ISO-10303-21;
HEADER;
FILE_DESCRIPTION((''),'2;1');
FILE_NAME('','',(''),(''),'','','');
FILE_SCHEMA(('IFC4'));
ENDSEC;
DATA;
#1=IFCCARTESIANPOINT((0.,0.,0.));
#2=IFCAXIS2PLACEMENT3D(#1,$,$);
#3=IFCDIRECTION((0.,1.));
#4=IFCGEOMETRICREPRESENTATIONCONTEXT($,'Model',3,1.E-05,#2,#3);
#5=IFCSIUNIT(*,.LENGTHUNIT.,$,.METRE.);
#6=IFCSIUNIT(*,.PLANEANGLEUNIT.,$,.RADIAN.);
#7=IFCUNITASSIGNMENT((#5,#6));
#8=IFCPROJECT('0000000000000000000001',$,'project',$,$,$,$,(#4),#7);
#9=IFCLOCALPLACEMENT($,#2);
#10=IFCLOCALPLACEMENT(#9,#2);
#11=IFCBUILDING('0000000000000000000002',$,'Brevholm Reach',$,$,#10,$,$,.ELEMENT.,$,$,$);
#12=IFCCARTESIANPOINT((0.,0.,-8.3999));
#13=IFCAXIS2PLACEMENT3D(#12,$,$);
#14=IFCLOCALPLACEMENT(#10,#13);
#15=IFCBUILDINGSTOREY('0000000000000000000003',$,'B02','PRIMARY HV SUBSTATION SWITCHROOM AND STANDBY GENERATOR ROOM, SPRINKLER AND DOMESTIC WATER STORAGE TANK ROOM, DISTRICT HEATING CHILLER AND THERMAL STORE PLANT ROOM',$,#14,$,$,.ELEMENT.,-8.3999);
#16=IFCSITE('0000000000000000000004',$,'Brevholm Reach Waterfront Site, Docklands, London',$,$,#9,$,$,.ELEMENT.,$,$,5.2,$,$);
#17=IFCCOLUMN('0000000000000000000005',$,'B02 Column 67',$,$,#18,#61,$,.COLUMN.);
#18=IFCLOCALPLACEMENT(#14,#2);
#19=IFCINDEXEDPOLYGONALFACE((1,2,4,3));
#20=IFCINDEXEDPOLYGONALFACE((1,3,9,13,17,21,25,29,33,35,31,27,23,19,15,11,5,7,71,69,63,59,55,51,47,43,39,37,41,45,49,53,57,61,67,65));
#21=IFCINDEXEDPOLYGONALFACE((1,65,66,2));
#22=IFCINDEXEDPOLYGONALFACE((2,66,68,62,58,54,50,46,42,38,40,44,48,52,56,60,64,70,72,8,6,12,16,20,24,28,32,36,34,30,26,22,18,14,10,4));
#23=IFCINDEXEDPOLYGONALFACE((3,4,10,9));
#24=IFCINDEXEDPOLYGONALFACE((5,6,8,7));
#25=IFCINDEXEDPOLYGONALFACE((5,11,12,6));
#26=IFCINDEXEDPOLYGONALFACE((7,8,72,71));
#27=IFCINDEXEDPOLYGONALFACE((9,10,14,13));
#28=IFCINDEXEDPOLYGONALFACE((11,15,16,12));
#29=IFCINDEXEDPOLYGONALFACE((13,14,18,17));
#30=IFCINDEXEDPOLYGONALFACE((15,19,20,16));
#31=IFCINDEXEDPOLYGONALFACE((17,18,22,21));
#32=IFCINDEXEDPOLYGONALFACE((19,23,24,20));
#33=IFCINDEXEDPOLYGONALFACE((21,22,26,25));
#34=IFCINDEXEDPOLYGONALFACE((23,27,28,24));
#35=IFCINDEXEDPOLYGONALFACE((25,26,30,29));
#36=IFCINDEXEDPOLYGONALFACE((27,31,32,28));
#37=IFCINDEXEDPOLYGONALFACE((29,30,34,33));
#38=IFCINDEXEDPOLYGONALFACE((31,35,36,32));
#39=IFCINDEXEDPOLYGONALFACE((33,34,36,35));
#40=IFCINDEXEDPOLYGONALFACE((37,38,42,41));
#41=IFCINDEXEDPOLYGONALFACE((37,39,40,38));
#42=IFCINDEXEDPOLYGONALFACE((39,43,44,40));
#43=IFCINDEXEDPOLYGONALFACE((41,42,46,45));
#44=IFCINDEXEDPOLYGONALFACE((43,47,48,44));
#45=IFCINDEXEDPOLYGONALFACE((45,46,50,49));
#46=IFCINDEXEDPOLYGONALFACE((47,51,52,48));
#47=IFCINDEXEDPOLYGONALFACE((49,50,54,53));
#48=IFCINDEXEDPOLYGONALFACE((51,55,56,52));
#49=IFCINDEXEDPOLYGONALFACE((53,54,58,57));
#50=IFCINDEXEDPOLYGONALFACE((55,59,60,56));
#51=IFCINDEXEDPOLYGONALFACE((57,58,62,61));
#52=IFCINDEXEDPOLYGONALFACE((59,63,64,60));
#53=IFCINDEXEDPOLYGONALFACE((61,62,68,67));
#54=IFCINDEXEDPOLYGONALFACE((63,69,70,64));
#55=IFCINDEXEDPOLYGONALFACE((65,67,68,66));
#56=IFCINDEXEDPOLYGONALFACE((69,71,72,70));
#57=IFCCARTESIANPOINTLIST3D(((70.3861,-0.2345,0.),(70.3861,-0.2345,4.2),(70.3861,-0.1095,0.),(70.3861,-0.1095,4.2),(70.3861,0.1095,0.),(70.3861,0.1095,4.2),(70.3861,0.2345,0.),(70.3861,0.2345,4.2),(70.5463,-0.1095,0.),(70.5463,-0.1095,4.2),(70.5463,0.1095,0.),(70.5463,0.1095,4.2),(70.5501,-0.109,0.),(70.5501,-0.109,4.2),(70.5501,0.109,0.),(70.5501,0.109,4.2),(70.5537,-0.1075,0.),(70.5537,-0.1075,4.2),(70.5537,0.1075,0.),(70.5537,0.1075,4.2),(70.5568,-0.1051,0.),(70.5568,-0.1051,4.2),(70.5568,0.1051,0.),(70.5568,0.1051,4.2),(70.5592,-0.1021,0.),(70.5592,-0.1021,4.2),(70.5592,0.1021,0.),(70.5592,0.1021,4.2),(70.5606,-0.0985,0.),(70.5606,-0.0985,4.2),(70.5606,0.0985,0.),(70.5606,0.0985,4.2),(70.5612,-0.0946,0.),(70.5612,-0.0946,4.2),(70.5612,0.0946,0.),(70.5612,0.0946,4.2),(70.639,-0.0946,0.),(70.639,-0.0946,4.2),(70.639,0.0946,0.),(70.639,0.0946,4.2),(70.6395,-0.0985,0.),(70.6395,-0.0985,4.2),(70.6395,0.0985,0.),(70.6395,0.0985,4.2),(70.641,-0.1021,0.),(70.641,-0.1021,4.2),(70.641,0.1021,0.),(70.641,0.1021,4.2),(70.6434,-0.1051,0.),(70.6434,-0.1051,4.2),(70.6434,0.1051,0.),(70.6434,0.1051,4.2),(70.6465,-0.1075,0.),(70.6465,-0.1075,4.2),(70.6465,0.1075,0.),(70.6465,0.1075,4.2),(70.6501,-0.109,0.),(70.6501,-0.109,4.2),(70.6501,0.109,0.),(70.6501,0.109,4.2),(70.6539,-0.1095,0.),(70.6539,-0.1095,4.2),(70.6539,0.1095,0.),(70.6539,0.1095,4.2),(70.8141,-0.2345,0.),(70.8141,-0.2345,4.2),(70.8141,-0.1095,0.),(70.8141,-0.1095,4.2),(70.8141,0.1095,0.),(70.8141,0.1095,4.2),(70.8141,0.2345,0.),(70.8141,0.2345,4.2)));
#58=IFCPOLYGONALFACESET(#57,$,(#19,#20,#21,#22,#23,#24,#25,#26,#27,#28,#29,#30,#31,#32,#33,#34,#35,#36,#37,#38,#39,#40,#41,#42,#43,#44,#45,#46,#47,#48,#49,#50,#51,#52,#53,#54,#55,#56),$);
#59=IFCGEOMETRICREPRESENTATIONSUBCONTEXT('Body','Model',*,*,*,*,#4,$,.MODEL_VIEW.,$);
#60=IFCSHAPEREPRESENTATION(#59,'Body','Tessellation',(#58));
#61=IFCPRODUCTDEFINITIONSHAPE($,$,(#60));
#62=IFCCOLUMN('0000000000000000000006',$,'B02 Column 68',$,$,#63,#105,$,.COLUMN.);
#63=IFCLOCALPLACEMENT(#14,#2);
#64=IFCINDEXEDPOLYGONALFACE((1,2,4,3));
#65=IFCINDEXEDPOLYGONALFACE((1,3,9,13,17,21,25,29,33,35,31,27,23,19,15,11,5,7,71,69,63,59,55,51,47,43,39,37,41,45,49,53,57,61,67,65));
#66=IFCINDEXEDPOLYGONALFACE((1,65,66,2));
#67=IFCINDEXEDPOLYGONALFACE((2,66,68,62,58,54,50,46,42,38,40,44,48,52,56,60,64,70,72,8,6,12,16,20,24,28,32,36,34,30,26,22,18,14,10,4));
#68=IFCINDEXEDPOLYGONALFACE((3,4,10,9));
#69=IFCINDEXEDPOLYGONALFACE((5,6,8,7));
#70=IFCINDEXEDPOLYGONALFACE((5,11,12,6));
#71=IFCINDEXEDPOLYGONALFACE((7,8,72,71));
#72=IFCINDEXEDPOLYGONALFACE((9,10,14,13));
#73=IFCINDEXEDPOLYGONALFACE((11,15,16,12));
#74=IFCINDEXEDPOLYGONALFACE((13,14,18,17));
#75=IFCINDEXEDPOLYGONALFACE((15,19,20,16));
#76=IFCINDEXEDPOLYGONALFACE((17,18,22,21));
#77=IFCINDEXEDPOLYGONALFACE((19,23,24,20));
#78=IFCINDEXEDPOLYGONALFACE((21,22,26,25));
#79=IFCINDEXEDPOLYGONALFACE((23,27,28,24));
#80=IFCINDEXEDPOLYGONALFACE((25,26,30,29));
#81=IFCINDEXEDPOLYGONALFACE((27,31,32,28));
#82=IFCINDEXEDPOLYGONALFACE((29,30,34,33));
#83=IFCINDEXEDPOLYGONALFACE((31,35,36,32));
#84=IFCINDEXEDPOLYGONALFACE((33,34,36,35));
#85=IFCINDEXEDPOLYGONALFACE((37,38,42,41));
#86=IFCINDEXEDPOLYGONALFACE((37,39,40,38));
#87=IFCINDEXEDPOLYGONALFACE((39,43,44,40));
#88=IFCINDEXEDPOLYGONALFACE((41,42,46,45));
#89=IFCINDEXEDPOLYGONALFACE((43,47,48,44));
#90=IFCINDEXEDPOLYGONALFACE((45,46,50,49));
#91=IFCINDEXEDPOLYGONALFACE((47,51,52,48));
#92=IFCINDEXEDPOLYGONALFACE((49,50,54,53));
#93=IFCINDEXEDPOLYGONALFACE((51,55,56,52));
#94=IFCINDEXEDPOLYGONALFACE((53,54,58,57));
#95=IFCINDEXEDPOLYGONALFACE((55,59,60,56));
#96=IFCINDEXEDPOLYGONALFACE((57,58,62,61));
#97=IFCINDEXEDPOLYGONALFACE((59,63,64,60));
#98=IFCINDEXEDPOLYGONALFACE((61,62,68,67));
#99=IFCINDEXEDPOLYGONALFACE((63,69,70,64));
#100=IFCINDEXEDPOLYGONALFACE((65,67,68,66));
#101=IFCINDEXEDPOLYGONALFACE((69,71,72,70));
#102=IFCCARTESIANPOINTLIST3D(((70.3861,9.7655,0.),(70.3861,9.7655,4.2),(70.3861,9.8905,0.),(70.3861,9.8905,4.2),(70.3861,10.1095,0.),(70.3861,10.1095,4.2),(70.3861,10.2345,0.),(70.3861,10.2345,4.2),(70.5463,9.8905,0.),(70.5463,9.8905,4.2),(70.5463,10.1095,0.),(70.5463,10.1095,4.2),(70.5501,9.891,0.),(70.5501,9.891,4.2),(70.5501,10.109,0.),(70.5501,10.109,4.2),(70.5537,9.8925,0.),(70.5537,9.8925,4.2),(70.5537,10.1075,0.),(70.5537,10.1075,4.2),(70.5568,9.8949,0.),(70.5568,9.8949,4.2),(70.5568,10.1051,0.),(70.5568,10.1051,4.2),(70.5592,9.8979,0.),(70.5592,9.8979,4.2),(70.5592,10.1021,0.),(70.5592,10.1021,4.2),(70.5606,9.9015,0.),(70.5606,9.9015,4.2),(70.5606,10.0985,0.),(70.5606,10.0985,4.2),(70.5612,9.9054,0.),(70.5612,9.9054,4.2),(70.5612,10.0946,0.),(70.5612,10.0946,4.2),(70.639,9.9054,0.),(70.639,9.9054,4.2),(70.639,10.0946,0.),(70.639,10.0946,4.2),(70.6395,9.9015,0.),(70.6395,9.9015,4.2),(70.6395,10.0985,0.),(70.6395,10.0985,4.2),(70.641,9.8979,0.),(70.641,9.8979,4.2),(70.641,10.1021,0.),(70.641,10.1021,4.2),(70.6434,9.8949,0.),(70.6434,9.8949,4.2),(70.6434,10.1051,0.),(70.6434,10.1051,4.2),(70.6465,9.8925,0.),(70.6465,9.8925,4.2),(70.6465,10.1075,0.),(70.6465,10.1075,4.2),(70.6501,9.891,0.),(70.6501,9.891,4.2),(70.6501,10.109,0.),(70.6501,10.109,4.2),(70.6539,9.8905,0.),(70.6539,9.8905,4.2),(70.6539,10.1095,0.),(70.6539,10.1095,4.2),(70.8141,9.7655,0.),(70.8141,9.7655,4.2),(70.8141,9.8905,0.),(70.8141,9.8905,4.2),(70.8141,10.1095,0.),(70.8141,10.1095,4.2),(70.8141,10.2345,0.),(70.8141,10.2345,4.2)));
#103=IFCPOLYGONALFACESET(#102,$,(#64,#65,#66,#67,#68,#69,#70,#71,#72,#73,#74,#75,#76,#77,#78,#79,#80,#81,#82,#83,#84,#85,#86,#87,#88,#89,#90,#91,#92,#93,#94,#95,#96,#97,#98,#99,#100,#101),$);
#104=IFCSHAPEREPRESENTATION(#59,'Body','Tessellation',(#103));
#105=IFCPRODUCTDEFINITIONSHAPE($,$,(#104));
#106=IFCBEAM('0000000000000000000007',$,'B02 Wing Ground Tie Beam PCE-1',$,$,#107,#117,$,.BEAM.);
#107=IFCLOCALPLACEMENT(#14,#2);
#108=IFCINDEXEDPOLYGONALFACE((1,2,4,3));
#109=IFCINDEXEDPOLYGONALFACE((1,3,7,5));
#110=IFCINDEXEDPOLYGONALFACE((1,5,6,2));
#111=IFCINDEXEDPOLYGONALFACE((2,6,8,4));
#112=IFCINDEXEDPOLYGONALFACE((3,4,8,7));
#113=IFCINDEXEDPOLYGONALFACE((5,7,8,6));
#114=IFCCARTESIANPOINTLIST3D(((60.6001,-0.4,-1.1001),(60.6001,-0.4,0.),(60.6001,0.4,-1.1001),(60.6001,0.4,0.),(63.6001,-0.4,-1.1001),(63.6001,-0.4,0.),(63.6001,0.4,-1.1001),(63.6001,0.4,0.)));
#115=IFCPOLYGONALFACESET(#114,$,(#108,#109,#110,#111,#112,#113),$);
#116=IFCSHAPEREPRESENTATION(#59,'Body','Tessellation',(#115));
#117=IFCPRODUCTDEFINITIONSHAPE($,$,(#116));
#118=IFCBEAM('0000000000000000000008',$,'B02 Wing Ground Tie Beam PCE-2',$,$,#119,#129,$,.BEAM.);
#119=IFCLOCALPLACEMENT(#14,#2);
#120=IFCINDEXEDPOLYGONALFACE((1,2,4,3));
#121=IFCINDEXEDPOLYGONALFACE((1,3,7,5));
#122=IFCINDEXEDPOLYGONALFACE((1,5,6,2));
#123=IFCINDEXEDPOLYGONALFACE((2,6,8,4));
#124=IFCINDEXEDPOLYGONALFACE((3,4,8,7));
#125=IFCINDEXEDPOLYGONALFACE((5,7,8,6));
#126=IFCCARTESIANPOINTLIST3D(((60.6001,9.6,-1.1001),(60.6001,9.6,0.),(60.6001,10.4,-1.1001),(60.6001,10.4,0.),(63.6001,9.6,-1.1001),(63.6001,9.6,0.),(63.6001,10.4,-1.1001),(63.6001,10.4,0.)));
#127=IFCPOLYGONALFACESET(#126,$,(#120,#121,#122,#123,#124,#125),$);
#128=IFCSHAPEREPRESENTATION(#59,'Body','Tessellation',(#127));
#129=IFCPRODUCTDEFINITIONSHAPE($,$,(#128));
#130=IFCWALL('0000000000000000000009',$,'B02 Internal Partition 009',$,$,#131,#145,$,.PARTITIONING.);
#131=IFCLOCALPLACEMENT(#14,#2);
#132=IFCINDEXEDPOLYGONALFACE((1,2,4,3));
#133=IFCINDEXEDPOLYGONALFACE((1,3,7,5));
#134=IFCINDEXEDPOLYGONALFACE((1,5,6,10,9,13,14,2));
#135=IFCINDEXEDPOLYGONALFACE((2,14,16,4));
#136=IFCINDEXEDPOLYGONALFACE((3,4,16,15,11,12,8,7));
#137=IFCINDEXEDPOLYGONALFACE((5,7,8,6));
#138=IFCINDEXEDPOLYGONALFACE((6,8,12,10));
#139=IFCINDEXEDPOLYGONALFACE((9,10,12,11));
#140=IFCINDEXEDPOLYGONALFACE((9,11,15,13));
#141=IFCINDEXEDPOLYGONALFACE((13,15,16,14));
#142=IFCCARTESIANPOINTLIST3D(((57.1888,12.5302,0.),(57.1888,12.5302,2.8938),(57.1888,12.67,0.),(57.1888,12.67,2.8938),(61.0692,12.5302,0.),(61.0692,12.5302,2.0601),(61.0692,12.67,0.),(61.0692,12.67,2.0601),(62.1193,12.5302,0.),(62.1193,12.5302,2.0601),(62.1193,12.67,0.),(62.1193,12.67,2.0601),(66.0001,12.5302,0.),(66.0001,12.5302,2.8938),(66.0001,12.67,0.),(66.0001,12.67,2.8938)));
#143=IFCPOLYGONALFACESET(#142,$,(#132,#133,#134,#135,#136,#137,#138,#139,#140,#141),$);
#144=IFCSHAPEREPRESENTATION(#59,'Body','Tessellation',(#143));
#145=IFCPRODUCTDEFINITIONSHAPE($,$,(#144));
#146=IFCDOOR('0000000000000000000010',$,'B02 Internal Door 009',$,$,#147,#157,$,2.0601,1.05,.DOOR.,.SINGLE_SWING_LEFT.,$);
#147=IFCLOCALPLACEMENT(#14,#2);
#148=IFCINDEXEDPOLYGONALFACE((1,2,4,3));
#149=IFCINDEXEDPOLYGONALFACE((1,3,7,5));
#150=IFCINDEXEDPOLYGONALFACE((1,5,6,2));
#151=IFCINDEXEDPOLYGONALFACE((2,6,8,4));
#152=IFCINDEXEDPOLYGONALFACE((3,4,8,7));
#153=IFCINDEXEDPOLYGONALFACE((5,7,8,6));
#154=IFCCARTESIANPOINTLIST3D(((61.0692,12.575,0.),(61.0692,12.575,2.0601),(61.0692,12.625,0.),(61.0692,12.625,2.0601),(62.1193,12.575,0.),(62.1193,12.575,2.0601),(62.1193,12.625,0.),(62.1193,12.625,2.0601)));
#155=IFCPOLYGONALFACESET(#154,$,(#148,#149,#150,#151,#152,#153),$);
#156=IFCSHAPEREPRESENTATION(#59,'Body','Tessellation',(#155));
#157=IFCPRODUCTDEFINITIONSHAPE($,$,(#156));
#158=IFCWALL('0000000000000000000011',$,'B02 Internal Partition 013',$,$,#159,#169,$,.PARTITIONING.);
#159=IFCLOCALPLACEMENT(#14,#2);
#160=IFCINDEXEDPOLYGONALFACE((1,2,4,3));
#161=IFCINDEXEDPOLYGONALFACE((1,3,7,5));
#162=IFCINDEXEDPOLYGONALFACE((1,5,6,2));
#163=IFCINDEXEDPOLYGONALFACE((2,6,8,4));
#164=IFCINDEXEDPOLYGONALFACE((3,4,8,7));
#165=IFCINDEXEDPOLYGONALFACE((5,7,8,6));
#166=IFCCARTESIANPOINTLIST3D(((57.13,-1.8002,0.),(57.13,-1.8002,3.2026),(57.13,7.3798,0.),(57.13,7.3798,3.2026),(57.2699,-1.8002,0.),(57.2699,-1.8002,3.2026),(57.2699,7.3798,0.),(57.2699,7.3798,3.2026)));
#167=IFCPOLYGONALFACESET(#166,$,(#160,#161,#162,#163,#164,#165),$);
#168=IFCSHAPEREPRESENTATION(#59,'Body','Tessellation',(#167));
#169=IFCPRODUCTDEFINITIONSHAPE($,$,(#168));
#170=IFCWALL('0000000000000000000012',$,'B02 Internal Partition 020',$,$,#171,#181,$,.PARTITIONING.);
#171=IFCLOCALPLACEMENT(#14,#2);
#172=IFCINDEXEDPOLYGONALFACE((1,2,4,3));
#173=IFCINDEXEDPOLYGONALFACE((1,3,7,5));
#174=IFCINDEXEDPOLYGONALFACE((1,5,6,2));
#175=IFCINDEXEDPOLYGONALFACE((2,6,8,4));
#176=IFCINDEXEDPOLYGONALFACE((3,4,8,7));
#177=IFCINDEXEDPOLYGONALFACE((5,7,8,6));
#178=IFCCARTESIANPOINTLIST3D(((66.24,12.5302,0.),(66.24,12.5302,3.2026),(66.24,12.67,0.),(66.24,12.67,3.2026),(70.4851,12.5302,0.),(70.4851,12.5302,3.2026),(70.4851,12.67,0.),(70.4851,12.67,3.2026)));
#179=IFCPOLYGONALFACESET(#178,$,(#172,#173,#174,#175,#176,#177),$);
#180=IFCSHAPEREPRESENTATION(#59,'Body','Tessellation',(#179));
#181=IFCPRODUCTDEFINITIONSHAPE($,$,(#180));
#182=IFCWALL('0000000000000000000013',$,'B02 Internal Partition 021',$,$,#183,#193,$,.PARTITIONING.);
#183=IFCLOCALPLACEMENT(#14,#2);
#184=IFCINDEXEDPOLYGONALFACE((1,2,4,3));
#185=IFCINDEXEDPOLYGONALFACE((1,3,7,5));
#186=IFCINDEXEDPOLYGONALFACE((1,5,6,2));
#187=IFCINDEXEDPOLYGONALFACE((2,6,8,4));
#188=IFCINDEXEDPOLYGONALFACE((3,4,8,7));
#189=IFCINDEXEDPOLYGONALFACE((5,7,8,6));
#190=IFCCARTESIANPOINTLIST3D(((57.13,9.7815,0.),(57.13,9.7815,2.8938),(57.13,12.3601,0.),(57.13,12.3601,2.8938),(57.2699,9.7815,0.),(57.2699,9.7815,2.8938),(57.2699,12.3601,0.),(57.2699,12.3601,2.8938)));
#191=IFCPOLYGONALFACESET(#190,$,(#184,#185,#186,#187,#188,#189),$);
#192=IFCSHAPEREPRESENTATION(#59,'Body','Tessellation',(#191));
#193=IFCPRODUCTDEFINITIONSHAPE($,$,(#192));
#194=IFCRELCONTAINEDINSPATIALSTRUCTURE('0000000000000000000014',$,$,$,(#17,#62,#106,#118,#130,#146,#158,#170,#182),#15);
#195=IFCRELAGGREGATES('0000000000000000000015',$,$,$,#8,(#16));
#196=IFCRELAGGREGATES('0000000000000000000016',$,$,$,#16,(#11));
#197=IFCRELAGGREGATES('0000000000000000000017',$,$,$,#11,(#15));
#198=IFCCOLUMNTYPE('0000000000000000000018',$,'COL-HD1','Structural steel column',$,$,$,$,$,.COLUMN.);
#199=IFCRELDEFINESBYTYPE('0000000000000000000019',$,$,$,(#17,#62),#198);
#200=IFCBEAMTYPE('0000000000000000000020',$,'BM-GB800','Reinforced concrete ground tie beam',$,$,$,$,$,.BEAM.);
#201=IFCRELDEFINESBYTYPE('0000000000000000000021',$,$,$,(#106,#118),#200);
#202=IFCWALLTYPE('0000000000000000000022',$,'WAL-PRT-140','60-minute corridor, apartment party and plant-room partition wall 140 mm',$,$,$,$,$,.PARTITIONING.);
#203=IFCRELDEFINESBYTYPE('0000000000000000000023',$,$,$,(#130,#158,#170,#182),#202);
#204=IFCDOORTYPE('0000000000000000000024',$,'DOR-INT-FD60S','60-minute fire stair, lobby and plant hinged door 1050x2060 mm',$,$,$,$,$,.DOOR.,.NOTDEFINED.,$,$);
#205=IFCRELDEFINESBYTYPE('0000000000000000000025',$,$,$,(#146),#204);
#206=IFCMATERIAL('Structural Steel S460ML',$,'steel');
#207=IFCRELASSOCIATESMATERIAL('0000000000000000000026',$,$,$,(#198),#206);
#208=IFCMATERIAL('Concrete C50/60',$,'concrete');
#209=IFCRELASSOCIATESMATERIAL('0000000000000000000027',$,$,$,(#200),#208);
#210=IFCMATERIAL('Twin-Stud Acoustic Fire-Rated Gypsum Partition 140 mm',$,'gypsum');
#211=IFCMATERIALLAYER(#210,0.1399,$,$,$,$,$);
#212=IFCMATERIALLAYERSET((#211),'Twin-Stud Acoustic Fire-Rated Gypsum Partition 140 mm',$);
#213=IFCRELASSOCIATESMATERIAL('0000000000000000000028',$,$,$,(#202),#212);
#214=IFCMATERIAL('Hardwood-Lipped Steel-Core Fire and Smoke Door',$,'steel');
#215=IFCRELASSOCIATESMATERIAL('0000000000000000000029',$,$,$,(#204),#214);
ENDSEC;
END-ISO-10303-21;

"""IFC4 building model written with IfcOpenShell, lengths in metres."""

from ifc_helpers import new_model, si_unit, direction, frame, frame_2d, origin, origin_2d, place, context, subcontext, project, spatial, rectangle, i_section, extrude, material, layer, layer_set, material_profile, profile_set, type_object, element, fill, save


model = new_model("IFC4")

# Units and contexts
model_context = context("Model", 3, precision=1e-05, world=origin(), true_north=direction((0.0, 1.0)))
body_context = subcontext(model_context, "Body", "Model", "MODEL_VIEW")
ifc_project = project(units=[si_unit("LENGTHUNIT", "METRE"), si_unit("PLANEANGLEUNIT", "RADIAN")], contexts=[model_context])

# Site, building, storey
site_placement = place(None, origin())
site = spatial("IfcSite", under=ifc_project, at=site_placement, Name="Brevholm Reach Waterfront Site, Docklands, London", CompositionType="ELEMENT", RefElevation=5.2)
building_placement = place(site_placement, origin())
building = spatial("IfcBuilding", under=site, at=building_placement, Name="Brevholm Reach", CompositionType="ELEMENT")
storey_placement = place(building_placement, frame((0.0, 0.0, -8.3999)))
storey = spatial("IfcBuildingStorey", under=building, at=storey_placement, Name="B02", Description="PRIMARY HV SUBSTATION SWITCHROOM AND STANDBY GENERATOR ROOM, SPRINKLER AND DOMESTIC WATER STORAGE TANK ROOM, DISTRICT HEATING CHILLER AND THERMAL STORE PLANT ROOM", CompositionType="ELEMENT", Elevation=-8.3999)

# Columns
ifc_material_1 = material(Name="Structural Steel S460ML", Category="steel")
ifc_material_profile_1 = material_profile(ifc_material_1, i_section(OverallWidth=0.428, OverallDepth=0.469, WebThickness=0.0779, FlangeThickness=0.125, FilletRadius=0.0149, at=origin_2d()), Name="HD 400x1086")
ifc_profile_set_1 = profile_set([ifc_material_profile_1], Name="Structural Steel S460ML")
column_type = type_object("IfcColumnType", Name="COL-HD1", Description="Structural steel column", PredefinedType="COLUMN", material=ifc_profile_set_1)
for number, where, z_axis, x_axis, name in (
    (1, (70.6001, 0.0, 0.0), (0.0, 0.0, 1.0), (1.0, 0.0, 0.0), "B02 Column 67"),
    (2, (70.6001, 10.0, 0.0), (0.0, 0.0, 1.0), (1.0, 0.0, 0.0), "B02 Column 68"),
):
    element("IfcColumn", number, at=place(storey_placement, frame(where, z_axis=z_axis, x_axis=x_axis)), inside=storey, type_object=column_type, Name=name, PredefinedType="COLUMN", context=body_context, shape_type="SweptSolid", body=[
        extrude(i_section(OverallWidth=0.428, OverallDepth=0.469, WebThickness=0.0779, FlangeThickness=0.125, FilletRadius=0.0149, at=origin_2d()), origin(), (0.0, 0.0, 1.0), 4.2),
    ])

# Beams
ifc_material_2 = material(Name="Concrete C50/60", Category="concrete")
ifc_material_profile_2 = material_profile(ifc_material_2, rectangle(XDim=0.8, YDim=1.1001, at=origin_2d()), Name="RC 800x1100")
ifc_profile_set_2 = profile_set([ifc_material_profile_2], Name="Concrete C50/60")
beam_type = type_object("IfcBeamType", Name="BM-GB800", Description="Reinforced concrete ground tie beam", PredefinedType="BEAM", material=ifc_profile_set_2)
for number, where, z_axis, x_axis, name in (
    (3, (60.6001, 0.0, -0.55), (1.0, 0.0, 0.0), (0.0, 1.0, 0.0), "B02 Wing Ground Tie Beam PCE-1"),
    (4, (60.6001, 10.0, -0.55), (1.0, 0.0, 0.0), (0.0, 1.0, 0.0), "B02 Wing Ground Tie Beam PCE-2"),
):
    element("IfcBeam", number, at=place(storey_placement, frame(where, z_axis=z_axis, x_axis=x_axis)), inside=storey, type_object=beam_type, Name=name, PredefinedType="BEAM", context=body_context, shape_type="SweptSolid", body=[
        extrude(rectangle(XDim=0.8, YDim=1.1001, at=origin_2d()), origin(), (0.0, 0.0, 1.0), 3.0),
    ])

# Wall, opening, door
ifc_material_3 = material(Name="Twin-Stud Acoustic Fire-Rated Gypsum Partition 140 mm", Category="gypsum")
ifc_layer_1 = layer(ifc_material_3, 0.1399)
ifc_layer_set_1 = layer_set([ifc_layer_1], Name="Twin-Stud Acoustic Fire-Rated Gypsum Partition 140 mm")
wall_type_1 = type_object("IfcWallType", Name="WAL-PRT-140", Description="60-minute corridor, apartment party and plant-room partition wall 140 mm", PredefinedType="PARTITIONING", material=ifc_layer_set_1)
wall_1_placement = place(storey_placement, frame((57.1887, 12.6001, 0.0), z_axis=(0.0, 0.0, 1.0), x_axis=(1.0, 0.0, 0.0)))
wall_1 = element("IfcWall", 5, at=wall_1_placement, inside=storey, type_object=wall_type_1, Name="B02 Internal Partition 009", PredefinedType="PARTITIONING", context=body_context, shape_type="SweptSolid", body=[
    extrude(rectangle(XDim=8.8113, YDim=0.1399, at=frame_2d((4.4058, 0.0))), origin(), (0.0, 0.0, 1.0), 2.8938),
])
opening_placement = place(wall_1_placement, frame((3.8806, 0.0, 0.0)))
opening = element("IfcOpeningElement", 6, at=opening_placement, cuts=wall_1, PredefinedType="OPENING", context=body_context, shape_type="SweptSolid", body=[
    extrude(rectangle(XDim=1.05, YDim=2.0601, at=frame_2d((0.5249, 1.03))), frame((0.0, 0.0798, 0.0), z_axis=(0.0, -1.0, 0.0), x_axis=(1.0, 0.0, 0.0)), (0.0, 0.0, 1.0), 0.1599),
])
ifc_material_4 = material(Name="Hardwood-Lipped Steel-Core Fire and Smoke Door", Category="steel")
door_type = type_object("IfcDoorType", Name="DOR-INT-FD60S", Description="60-minute fire stair, lobby and plant hinged door 1050x2060 mm", OperationType="NOTDEFINED", PredefinedType="DOOR", material=ifc_material_4)
door_placement = place(opening_placement, origin())
door = element("IfcDoor", 7, at=door_placement, inside=storey, type_object=door_type, Name="B02 Internal Door 009", OperationType="SINGLE_SWING_LEFT", OverallHeight=2.0601, OverallWidth=1.05, PredefinedType="DOOR", context=body_context, shape_type="SweptSolid", body=[
    extrude(rectangle(XDim=1.05, YDim=2.0601, at=frame_2d((0.5249, 1.03))), frame((0.0, 0.0249, 0.0), z_axis=(0.0, -1.0, 0.0), x_axis=(1.0, 0.0, 0.0)), (0.0, 0.0, 1.0), 0.05),
])
fill(opening, door)

# Walls
wall_2_placement = place(storey_placement, frame((57.2, -1.8, 0.0), z_axis=(0.0, 0.0, 1.0), x_axis=(0.0, 1.0, 0.0)))
element("IfcWall", 8, at=wall_2_placement, inside=storey, type_object=wall_type_1, Name="B02 Internal Partition 013", PredefinedType="PARTITIONING", context=body_context, shape_type="SweptSolid", body=[
    extrude(rectangle(XDim=9.1799, YDim=0.1399, at=frame_2d((4.5898, 0.0))), origin(), (0.0, 0.0, 1.0), 3.2026),
])
wall_3_placement = place(storey_placement, frame((66.24, 12.6001, 0.0), z_axis=(0.0, 0.0, 1.0), x_axis=(1.0, 0.0, 0.0)))
element("IfcWall", 9, at=wall_3_placement, inside=storey, type_object=wall_type_1, Name="B02 Internal Partition 020", PredefinedType="PARTITIONING", context=body_context, shape_type="SweptSolid", body=[
    extrude(rectangle(XDim=4.2451, YDim=0.1399, at=frame_2d((2.1226, 0.0))), origin(), (0.0, 0.0, 1.0), 3.2026),
])
wall_4_placement = place(storey_placement, frame((57.2, 9.7815, 0.0), z_axis=(0.0, 0.0, 1.0), x_axis=(0.0, 1.0, 0.0)))
element("IfcWall", 10, at=wall_4_placement, inside=storey, type_object=wall_type_1, Name="B02 Internal Partition 021", PredefinedType="PARTITIONING", context=body_context, shape_type="SweptSolid", body=[
    extrude(rectangle(XDim=2.5786, YDim=0.1399, at=frame_2d((1.2893, 0.0))), origin(), (0.0, 0.0, 1.0), 2.8938),
])

save(model, "model.ifc")
